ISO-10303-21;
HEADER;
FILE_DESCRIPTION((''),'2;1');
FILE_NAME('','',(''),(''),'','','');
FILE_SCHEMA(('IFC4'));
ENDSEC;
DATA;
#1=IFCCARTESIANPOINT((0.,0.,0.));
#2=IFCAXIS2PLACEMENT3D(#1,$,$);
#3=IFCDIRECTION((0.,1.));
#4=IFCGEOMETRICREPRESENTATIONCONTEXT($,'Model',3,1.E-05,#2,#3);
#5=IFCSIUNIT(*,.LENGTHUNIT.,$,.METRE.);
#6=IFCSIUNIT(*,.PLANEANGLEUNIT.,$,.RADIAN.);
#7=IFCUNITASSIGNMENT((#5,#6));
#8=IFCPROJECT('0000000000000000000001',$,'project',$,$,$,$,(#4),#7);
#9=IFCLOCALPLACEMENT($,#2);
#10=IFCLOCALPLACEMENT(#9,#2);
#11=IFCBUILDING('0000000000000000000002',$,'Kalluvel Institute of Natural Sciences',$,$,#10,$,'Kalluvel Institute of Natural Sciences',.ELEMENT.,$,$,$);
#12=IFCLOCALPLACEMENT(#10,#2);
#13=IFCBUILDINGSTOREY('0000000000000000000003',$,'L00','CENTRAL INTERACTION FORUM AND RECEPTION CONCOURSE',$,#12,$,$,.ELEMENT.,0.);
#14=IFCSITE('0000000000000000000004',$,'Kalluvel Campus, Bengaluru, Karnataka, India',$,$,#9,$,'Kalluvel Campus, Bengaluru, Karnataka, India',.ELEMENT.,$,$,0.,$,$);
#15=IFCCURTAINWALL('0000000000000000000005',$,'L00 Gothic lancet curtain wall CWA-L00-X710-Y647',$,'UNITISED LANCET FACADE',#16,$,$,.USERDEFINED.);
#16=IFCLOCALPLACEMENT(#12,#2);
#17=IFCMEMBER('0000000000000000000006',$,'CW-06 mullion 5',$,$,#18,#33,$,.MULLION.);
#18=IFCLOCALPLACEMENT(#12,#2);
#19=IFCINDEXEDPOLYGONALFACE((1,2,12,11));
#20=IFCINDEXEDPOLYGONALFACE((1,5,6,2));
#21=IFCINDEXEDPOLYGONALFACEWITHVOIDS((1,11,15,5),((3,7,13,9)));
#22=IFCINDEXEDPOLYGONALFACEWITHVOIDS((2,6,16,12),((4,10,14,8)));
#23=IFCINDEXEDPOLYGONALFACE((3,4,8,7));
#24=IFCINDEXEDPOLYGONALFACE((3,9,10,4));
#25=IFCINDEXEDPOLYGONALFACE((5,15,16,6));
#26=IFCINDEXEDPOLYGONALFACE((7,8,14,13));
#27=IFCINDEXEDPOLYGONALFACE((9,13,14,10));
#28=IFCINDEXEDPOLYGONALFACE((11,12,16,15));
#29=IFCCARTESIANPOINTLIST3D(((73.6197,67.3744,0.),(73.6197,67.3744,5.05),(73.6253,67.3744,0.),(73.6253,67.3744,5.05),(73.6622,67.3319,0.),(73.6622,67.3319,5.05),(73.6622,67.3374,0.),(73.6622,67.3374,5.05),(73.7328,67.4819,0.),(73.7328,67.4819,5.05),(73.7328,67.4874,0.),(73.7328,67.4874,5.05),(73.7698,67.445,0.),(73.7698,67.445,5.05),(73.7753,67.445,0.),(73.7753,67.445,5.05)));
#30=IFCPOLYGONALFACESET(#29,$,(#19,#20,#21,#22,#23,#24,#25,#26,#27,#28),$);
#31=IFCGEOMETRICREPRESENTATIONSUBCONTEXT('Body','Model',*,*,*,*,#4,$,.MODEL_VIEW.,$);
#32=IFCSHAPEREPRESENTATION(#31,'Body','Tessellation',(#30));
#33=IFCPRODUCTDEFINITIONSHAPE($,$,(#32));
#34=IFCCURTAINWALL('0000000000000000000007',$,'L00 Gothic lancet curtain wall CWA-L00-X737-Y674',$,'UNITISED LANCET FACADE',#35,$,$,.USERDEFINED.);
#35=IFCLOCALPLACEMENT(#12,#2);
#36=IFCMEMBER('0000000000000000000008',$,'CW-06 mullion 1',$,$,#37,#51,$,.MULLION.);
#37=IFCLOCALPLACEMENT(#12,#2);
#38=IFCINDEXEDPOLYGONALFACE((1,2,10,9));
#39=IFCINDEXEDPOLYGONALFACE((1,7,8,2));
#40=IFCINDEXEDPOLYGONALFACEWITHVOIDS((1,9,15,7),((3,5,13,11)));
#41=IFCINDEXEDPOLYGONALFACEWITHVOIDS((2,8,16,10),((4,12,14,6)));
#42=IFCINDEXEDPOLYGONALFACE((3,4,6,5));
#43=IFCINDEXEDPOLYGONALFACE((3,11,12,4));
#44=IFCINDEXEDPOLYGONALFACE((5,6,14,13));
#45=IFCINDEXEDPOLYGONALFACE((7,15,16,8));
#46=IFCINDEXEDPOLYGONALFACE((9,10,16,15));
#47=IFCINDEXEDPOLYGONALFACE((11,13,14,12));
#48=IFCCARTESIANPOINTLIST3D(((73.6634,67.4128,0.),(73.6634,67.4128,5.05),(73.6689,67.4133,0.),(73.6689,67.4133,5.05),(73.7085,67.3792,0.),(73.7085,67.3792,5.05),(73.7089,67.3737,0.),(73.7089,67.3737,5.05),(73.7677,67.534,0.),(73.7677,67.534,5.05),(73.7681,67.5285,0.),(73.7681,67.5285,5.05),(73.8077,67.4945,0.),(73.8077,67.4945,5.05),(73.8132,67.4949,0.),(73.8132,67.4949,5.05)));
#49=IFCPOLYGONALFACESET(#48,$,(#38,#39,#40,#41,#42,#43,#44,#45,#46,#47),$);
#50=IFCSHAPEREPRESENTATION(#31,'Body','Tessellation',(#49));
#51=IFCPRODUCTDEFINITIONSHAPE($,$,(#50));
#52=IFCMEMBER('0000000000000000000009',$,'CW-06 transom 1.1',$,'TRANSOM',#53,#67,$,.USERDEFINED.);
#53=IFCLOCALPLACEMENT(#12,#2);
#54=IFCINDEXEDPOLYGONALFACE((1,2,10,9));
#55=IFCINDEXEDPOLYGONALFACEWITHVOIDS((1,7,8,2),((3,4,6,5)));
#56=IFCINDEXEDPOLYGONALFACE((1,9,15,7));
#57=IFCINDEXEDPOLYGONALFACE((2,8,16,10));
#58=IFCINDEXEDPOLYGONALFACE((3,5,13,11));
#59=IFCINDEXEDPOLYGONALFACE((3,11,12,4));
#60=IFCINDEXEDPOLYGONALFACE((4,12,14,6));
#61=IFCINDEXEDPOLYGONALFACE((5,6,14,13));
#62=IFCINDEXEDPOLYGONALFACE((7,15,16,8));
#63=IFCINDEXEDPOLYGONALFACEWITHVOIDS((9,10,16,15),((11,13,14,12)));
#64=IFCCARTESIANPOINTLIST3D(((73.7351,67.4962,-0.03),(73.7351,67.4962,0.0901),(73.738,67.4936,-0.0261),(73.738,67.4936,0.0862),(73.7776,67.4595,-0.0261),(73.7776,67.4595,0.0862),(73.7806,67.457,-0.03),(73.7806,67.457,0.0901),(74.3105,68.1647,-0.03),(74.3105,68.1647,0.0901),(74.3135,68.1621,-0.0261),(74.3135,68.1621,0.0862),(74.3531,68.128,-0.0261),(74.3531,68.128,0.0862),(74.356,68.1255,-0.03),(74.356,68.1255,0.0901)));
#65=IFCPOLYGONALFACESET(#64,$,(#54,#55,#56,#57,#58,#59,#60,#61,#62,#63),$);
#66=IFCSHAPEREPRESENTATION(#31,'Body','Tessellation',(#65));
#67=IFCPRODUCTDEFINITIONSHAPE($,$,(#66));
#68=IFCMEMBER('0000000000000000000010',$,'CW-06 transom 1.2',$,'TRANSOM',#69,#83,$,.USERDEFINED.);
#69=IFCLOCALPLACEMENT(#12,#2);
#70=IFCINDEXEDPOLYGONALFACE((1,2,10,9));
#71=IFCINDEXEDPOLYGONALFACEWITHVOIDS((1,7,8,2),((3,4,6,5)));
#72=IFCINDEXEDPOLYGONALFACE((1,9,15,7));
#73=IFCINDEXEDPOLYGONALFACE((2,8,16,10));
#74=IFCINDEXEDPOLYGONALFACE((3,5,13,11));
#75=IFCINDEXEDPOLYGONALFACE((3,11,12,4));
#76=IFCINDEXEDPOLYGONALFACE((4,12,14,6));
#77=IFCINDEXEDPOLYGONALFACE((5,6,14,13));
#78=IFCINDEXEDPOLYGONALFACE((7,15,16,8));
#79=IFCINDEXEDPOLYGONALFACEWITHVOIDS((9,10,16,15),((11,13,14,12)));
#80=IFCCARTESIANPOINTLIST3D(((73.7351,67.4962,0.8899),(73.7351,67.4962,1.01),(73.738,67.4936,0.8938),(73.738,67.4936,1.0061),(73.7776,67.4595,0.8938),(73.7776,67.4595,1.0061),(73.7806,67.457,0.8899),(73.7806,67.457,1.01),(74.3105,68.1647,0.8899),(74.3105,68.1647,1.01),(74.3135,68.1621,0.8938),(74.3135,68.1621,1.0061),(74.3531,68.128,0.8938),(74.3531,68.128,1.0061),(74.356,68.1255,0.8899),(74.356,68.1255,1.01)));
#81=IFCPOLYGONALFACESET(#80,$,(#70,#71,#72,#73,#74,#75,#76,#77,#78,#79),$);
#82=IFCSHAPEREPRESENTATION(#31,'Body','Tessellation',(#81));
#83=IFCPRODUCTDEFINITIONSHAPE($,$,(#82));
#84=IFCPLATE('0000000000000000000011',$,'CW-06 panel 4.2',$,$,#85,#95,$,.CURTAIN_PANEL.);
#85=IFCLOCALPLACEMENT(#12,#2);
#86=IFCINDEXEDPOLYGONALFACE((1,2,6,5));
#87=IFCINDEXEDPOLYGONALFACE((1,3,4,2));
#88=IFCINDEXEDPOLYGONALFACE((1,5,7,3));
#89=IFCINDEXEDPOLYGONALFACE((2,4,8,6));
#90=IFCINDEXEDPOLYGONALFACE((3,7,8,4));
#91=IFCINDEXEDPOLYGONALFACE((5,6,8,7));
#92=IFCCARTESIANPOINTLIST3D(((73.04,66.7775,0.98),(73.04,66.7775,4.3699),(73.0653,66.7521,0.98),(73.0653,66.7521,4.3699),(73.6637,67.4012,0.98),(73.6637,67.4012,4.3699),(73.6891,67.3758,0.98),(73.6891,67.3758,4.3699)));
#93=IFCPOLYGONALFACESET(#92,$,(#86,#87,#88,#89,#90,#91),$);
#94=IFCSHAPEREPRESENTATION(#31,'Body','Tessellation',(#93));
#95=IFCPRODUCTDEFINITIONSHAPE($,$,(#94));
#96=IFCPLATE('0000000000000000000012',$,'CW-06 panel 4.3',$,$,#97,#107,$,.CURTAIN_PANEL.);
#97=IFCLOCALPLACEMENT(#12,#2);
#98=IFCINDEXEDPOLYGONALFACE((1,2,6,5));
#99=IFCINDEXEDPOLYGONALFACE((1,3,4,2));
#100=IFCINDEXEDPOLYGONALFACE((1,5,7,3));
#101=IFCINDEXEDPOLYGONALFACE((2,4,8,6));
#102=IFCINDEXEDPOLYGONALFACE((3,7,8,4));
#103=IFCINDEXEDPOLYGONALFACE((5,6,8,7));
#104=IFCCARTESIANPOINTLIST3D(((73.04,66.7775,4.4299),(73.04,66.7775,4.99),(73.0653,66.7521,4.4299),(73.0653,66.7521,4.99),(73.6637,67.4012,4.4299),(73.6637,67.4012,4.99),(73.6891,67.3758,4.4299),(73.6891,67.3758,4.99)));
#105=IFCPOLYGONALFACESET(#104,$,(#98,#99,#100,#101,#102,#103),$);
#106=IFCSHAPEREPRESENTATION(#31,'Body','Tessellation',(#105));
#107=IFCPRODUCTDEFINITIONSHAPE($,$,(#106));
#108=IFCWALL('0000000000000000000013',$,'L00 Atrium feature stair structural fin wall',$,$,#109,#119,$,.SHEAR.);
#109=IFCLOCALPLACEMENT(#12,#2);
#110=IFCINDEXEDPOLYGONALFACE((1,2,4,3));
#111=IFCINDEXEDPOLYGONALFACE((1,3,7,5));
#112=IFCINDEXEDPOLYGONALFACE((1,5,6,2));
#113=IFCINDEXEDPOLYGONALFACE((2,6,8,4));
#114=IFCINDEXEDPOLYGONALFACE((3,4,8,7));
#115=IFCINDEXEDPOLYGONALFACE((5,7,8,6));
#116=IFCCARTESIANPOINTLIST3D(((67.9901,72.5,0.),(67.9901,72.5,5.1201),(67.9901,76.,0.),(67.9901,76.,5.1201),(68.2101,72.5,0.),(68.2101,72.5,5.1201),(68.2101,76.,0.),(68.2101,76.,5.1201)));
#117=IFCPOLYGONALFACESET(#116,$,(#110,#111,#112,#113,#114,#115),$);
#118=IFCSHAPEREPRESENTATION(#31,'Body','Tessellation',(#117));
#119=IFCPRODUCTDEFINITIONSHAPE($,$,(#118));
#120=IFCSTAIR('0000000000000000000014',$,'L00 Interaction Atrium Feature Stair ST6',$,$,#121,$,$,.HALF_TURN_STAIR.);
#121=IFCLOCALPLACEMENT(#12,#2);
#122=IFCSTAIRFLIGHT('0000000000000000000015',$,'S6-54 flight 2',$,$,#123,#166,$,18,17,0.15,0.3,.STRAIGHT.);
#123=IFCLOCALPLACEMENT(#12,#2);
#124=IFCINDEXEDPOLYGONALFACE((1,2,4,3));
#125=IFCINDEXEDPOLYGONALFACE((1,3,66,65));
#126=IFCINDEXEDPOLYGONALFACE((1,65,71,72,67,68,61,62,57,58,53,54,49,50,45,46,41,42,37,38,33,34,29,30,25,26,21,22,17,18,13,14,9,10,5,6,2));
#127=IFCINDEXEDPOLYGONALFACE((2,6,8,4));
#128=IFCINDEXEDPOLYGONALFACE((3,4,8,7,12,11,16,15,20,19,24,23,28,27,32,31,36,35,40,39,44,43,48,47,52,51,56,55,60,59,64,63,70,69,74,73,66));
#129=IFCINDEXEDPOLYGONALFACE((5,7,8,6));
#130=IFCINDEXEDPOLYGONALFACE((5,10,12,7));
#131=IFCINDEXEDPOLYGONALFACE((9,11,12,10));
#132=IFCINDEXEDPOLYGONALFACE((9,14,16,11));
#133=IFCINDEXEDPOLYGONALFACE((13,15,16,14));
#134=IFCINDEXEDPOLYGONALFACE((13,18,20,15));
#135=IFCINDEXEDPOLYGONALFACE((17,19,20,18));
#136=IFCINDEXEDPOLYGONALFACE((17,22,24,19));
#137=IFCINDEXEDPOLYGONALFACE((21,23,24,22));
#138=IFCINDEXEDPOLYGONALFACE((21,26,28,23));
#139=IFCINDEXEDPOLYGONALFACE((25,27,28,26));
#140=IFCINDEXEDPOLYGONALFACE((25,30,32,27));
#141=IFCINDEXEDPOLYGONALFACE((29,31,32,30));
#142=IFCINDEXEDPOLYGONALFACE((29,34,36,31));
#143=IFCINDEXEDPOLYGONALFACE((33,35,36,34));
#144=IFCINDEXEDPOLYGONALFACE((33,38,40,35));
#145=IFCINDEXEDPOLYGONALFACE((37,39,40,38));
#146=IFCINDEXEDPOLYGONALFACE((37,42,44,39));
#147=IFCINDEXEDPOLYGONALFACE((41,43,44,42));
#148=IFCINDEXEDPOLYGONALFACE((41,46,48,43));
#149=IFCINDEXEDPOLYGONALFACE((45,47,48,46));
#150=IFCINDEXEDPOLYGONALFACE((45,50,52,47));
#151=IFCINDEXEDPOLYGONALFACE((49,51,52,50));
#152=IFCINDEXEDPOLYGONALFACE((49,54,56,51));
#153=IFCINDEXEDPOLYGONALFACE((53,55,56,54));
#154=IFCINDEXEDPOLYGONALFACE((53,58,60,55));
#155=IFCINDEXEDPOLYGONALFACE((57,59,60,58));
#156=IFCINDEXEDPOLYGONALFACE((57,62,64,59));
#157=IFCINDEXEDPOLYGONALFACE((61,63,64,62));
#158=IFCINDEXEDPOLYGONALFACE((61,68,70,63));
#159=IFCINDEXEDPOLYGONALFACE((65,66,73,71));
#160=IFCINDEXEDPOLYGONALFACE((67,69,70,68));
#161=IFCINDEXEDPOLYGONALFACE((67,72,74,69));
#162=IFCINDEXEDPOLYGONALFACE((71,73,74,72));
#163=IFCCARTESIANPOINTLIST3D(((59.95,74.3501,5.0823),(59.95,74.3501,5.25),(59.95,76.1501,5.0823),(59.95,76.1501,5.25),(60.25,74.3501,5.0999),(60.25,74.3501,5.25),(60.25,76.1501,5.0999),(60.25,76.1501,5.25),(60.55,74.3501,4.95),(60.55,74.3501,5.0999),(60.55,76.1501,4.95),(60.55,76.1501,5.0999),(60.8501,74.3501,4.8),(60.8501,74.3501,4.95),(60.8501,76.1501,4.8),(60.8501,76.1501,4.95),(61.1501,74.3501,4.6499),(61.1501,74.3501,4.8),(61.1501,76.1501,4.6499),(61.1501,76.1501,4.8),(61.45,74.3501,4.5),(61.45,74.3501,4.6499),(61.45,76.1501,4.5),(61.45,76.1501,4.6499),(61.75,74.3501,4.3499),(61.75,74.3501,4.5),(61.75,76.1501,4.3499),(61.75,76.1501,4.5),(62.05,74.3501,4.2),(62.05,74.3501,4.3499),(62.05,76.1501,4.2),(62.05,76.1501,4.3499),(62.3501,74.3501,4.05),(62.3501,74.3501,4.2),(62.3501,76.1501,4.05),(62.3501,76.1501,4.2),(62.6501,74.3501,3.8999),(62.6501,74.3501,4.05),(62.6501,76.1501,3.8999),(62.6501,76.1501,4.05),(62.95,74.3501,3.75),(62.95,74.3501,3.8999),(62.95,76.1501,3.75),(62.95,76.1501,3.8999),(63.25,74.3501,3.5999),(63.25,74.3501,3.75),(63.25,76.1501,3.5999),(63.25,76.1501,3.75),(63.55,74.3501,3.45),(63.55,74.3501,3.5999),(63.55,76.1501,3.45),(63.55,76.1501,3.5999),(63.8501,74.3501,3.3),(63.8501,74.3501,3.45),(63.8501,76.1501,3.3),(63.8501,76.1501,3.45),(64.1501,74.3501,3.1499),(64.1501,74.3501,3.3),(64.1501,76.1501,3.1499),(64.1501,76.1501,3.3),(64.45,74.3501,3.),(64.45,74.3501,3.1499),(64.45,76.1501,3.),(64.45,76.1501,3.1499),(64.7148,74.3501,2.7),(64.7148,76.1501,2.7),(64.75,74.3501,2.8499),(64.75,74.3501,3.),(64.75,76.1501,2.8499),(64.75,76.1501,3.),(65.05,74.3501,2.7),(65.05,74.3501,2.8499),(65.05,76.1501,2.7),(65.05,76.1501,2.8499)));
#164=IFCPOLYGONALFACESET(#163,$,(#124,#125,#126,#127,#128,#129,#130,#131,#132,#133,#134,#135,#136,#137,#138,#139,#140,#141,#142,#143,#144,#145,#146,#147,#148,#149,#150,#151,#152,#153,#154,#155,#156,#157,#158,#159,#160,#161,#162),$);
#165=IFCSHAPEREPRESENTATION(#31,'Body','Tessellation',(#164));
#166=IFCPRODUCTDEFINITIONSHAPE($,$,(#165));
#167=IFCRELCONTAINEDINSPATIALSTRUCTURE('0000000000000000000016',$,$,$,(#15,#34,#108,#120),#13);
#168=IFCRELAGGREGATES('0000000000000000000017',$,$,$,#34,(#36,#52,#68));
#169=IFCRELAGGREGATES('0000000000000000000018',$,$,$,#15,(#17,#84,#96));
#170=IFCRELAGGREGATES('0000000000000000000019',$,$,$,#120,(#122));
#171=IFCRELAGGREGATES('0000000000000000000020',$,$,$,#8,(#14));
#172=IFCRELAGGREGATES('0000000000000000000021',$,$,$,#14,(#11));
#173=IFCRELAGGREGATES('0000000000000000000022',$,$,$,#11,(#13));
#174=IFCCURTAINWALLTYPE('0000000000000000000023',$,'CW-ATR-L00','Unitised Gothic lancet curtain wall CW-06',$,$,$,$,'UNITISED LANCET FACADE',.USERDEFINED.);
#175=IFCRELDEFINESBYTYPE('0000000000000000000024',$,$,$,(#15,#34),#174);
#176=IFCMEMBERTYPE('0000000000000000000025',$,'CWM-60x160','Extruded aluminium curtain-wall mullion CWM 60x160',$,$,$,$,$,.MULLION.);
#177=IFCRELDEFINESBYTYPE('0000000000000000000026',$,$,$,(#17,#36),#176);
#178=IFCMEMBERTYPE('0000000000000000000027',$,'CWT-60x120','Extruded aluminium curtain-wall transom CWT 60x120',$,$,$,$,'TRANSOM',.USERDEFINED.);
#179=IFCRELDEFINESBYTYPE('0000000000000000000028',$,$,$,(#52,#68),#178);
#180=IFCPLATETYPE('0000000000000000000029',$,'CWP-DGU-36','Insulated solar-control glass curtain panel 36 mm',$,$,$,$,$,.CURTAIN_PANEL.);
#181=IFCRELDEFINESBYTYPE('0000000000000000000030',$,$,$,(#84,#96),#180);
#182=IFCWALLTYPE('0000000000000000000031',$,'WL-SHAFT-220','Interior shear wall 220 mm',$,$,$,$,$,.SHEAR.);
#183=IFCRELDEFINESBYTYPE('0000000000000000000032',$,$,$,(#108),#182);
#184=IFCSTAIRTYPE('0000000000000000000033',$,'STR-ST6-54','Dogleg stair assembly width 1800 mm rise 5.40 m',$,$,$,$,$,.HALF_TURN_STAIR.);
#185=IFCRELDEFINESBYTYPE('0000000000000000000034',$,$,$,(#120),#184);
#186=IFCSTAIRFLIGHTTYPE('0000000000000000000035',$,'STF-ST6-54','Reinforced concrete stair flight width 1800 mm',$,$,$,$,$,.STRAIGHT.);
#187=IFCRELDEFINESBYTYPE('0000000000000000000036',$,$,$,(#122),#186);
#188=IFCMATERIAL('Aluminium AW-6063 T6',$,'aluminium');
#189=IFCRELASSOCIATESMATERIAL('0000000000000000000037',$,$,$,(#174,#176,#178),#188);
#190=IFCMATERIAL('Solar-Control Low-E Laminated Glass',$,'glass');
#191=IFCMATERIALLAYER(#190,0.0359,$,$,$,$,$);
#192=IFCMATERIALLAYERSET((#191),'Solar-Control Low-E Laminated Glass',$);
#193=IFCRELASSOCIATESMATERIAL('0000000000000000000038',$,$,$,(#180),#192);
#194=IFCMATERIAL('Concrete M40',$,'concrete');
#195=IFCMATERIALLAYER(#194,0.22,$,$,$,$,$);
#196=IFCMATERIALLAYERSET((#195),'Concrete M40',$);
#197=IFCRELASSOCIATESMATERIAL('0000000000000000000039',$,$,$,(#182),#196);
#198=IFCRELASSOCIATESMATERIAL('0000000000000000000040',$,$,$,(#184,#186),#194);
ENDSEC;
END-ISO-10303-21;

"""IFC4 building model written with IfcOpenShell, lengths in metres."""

from ifc_helpers import new_model, si_unit, direction, frame, frame_2d, origin, origin_2d, place, context, subcontext, project, spatial, polyline, rectangle, hollow_rectangle, outline, extrude, material, layer, layer_set, material_profile, profile_set, type_object, element, aggregate, save


model = new_model("IFC4")

# Units and contexts
model_context = context("Model", 3, precision=1e-05, world=origin(), true_north=direction((0.0, 1.0)))
body_context = subcontext(model_context, "Body", "Model", "MODEL_VIEW")
ifc_project = project(units=[si_unit("LENGTHUNIT", "METRE"), si_unit("PLANEANGLEUNIT", "RADIAN")], contexts=[model_context])

# Site, building, storey
site_placement = place(None, origin())
site = spatial("IfcSite", under=ifc_project, at=site_placement, Name="Kalluvel Campus, Bengaluru, Karnataka, India", LongName="Kalluvel Campus, Bengaluru, Karnataka, India", CompositionType="ELEMENT", RefElevation=0.0)
building_placement = place(site_placement, origin())
building = spatial("IfcBuilding", under=site, at=building_placement, Name="Kalluvel Institute of Natural Sciences", LongName="Kalluvel Institute of Natural Sciences", CompositionType="ELEMENT")
storey_placement = place(building_placement, origin())
storey = spatial("IfcBuildingStorey", under=building, at=storey_placement, Name="L00", Description="CENTRAL INTERACTION FORUM AND RECEPTION CONCOURSE", CompositionType="ELEMENT", Elevation=0.0)

# Shared definitions
ifc_material_1 = material(Name="Concrete M40", Category="concrete")

# Curtain wall, member
ifc_material_2 = material(Name="Aluminium AW-6063 T6", Category="aluminium")
curtain_wall_type = type_object("IfcCurtainWallType", Name="CW-ATR-L00", Description="Unitised Gothic lancet curtain wall CW-06", ElementType="UNITISED LANCET FACADE", PredefinedType="USERDEFINED", material=ifc_material_2)
curtain_wall_1_placement = place(storey_placement, origin())
curtain_wall_1 = element("IfcCurtainWall", 1, at=curtain_wall_1_placement, inside=storey, type_object=curtain_wall_type, Name="L00 Gothic lancet curtain wall CWA-L00-X710-Y647", ObjectType="UNITISED LANCET FACADE", PredefinedType="USERDEFINED")
ifc_material_profile_1 = material_profile(ifc_material_2, hollow_rectangle(XDim=0.0601, YDim=0.1599, WallThickness=0.0039, at=origin_2d()), Name="CWM 60x160")
ifc_profile_set_1 = profile_set([ifc_material_profile_1], Name="Aluminium AW-6063 T6")
member_type_1 = type_object("IfcMemberType", Name="CWM-60x160", Description="Extruded aluminium curtain-wall mullion CWM 60x160", PredefinedType="MULLION", material=ifc_profile_set_1)
member_1_placement = place(storey_placement, frame((73.6975, 67.4097, 0.0), z_axis=(0.0, 0.0, 1.0), x_axis=(-0.707107, 0.707107, 0.0)))
member_1 = element("IfcMember", 2, at=member_1_placement, type_object=member_type_1, Name="CW-06 mullion 5", PredefinedType="MULLION", context=body_context, shape_type="SweptSolid", body=[
    extrude(hollow_rectangle(XDim=0.0601, YDim=0.1599, WallThickness=0.0039, at=origin_2d()), origin(), (0.0, 0.0, 1.0), 5.05),
])

# Curtain wall, members
curtain_wall_2_placement = place(storey_placement, origin())
curtain_wall_2 = element("IfcCurtainWall", 3, at=curtain_wall_2_placement, inside=storey, type_object=curtain_wall_type, Name="L00 Gothic lancet curtain wall CWA-L00-X737-Y674", ObjectType="UNITISED LANCET FACADE", PredefinedType="USERDEFINED")
member_2_placement = place(storey_placement, frame((73.7383, 67.4539, 0.0), z_axis=(0.0, 0.0, 1.0), x_axis=(-0.757975, 0.652283, 0.0)))
member_2 = element("IfcMember", 4, at=member_2_placement, type_object=member_type_1, Name="CW-06 mullion 1", PredefinedType="MULLION", context=body_context, shape_type="SweptSolid", body=[
    extrude(hollow_rectangle(XDim=0.0601, YDim=0.1599, WallThickness=0.0039, at=origin_2d()), origin(), (0.0, 0.0, 1.0), 5.05),
])
ifc_material_profile_2 = material_profile(ifc_material_2, hollow_rectangle(XDim=0.0601, YDim=0.1201, WallThickness=0.0039, at=origin_2d()), Name="CWT 60x120")
ifc_profile_set_2 = profile_set([ifc_material_profile_2], Name="Aluminium AW-6063 T6")
member_type_2 = type_object("IfcMemberType", Name="CWT-60x120", Description="Extruded aluminium curtain-wall transom CWT 60x120", ElementType="TRANSOM", PredefinedType="USERDEFINED", material=ifc_profile_set_2)
member_3_placement = place(storey_placement, frame((73.7578, 67.4766, 0.03), z_axis=(0.652408, 0.757868, 0.0), x_axis=(-0.757868, 0.652408, 0.0)))
member_3 = element("IfcMember", 5, at=member_3_placement, type_object=member_type_2, Name="CW-06 transom 1.1", ObjectType="TRANSOM", PredefinedType="USERDEFINED", context=body_context, shape_type="SweptSolid", body=[
    extrude(hollow_rectangle(XDim=0.0601, YDim=0.1201, WallThickness=0.0039, at=origin_2d()), origin(), (0.0, 0.0, 1.0), 0.8821),
])
member_4_placement = place(storey_placement, frame((73.7578, 67.4766, 0.95), z_axis=(0.652408, 0.757868, 0.0), x_axis=(-0.757868, 0.652408, 0.0)))
member_4 = element("IfcMember", 6, at=member_4_placement, type_object=member_type_2, Name="CW-06 transom 1.2", ObjectType="TRANSOM", PredefinedType="USERDEFINED", context=body_context, shape_type="SweptSolid", body=[
    extrude(hollow_rectangle(XDim=0.0601, YDim=0.1201, WallThickness=0.0039, at=origin_2d()), origin(), (0.0, 0.0, 1.0), 0.8821),
])
aggregate(curtain_wall_2, [member_2, member_3, member_4])

# Plates
ifc_material_3 = material(Name="Solar-Control Low-E Laminated Glass", Category="glass")
ifc_layer_1 = layer(ifc_material_3, 0.0359)
ifc_layer_set_1 = layer_set([ifc_layer_1], Name="Solar-Control Low-E Laminated Glass")
plate_type = type_object("IfcPlateType", Name="CWP-DGU-36", Description="Insulated solar-control glass curtain panel 36 mm", PredefinedType="CURTAIN_PANEL", material=ifc_layer_set_1)
plate_1_placement = place(storey_placement, frame((73.3645, 67.0767, 0.98), z_axis=(0.0, 0.0, 1.0), x_axis=(0.707107, 0.707107, 0.0)))
plate_1 = element("IfcPlate", 7, at=plate_1_placement, type_object=plate_type, Name="CW-06 panel 4.2", PredefinedType="CURTAIN_PANEL", context=body_context, shape_type="SweptSolid", body=[
    extrude(rectangle(XDim=0.8821, YDim=0.0359, at=origin_2d()), origin(), (0.0, 0.0, 1.0), 3.3899),
])
plate_2_placement = place(storey_placement, frame((73.3645, 67.0767, 4.4299), z_axis=(0.0, 0.0, 1.0), x_axis=(0.707107, 0.707107, 0.0)))
plate_2 = element("IfcPlate", 8, at=plate_2_placement, type_object=plate_type, Name="CW-06 panel 4.3", PredefinedType="CURTAIN_PANEL", context=body_context, shape_type="SweptSolid", body=[
    extrude(rectangle(XDim=0.8821, YDim=0.0359, at=origin_2d()), origin(), (0.0, 0.0, 1.0), 0.5601),
])
aggregate(curtain_wall_1, [member_1, plate_1, plate_2])

# Wall
ifc_layer_2 = layer(ifc_material_1, 0.22)
ifc_layer_set_2 = layer_set([ifc_layer_2], Name="Concrete M40")
wall_type = type_object("IfcWallType", Name="WL-SHAFT-220", Description="Interior shear wall 220 mm", PredefinedType="SHEAR", material=ifc_layer_set_2)
wall_placement = place(storey_placement, frame((68.1001, 72.5, 0.0), z_axis=(0.0, 0.0, 1.0), x_axis=(0.0, 1.0, 0.0)))
element("IfcWall", 9, at=wall_placement, inside=storey, type_object=wall_type, Name="L00 Atrium feature stair structural fin wall", PredefinedType="SHEAR", context=body_context, shape_type="SweptSolid", body=[
    extrude(rectangle(XDim=3.5, YDim=0.22, at=frame_2d((1.75, 0.0))), origin(), (0.0, 0.0, 1.0), 5.1201),
])

# Stair, stair flight
stair_type = type_object("IfcStairType", Name="STR-ST6-54", Description="Dogleg stair assembly width 1800 mm rise 5.40 m", PredefinedType="HALF_TURN_STAIR", material=ifc_material_1)
stair_placement = place(storey_placement, origin())
stair = element("IfcStair", 10, at=stair_placement, inside=storey, type_object=stair_type, Name="L00 Interaction Atrium Feature Stair ST6", PredefinedType="HALF_TURN_STAIR")
stair_flight_type = type_object("IfcStairFlightType", Name="STF-ST6-54", Description="Reinforced concrete stair flight width 1800 mm", PredefinedType="STRAIGHT", material=ifc_material_1)
stair_flight_placement = place(storey_placement, frame((65.05, 75.25, 2.7), z_axis=(0.0, 0.0, 1.0), x_axis=(-1.0, 0.0, 0.0)))
stair_flight = element("IfcStairFlight", 11, at=stair_flight_placement, type_object=stair_flight_type, Name="S6-54 flight 2", NumberOfRisers=18, NumberOfTreads=17, PredefinedType="STRAIGHT", RiserHeight=0.15, TreadLength=0.3, context=body_context, shape_type="SweptSolid", body=[
    extrude(outline(polyline([(0.0, 0.0), (0.0, 0.1499), (0.3, 0.1499), (0.3, 0.3), (0.6001, 0.3), (0.6001, 0.45), (0.8999, 0.45), (0.8999, 0.6001), (1.2, 0.6001), (1.2, 0.75), (1.5, 0.75), (1.5, 0.8999), (1.8, 0.8999), (1.8, 1.05), (2.1001, 1.05), (2.1001, 1.2), (2.3999, 1.2), (2.3999, 1.3501), (2.7, 1.3501), (2.7, 1.5), (3.0, 1.5), (3.0, 1.6499), (3.3, 1.6499), (3.3, 1.8), (3.6001, 1.8), (3.6001, 1.95), (3.8999, 1.95), (3.8999, 2.1001), (4.2, 2.1001), (4.2, 2.25), (4.5, 2.25), (4.5, 2.3999), (4.8, 2.3999), (4.8, 2.55), (5.1001, 2.55), (5.1001, 2.7), (5.1001, 2.3823), (0.3352, 0.0), (0.0, 0.0)])), frame((0.0, 0.8999, 0.0), z_axis=(0.0, -1.0, 0.0), x_axis=(1.0, 0.0, 0.0)), (0.0, 0.0, 1.0), 1.8),
])
aggregate(stair, [stair_flight])

save(model, "model.ifc")
